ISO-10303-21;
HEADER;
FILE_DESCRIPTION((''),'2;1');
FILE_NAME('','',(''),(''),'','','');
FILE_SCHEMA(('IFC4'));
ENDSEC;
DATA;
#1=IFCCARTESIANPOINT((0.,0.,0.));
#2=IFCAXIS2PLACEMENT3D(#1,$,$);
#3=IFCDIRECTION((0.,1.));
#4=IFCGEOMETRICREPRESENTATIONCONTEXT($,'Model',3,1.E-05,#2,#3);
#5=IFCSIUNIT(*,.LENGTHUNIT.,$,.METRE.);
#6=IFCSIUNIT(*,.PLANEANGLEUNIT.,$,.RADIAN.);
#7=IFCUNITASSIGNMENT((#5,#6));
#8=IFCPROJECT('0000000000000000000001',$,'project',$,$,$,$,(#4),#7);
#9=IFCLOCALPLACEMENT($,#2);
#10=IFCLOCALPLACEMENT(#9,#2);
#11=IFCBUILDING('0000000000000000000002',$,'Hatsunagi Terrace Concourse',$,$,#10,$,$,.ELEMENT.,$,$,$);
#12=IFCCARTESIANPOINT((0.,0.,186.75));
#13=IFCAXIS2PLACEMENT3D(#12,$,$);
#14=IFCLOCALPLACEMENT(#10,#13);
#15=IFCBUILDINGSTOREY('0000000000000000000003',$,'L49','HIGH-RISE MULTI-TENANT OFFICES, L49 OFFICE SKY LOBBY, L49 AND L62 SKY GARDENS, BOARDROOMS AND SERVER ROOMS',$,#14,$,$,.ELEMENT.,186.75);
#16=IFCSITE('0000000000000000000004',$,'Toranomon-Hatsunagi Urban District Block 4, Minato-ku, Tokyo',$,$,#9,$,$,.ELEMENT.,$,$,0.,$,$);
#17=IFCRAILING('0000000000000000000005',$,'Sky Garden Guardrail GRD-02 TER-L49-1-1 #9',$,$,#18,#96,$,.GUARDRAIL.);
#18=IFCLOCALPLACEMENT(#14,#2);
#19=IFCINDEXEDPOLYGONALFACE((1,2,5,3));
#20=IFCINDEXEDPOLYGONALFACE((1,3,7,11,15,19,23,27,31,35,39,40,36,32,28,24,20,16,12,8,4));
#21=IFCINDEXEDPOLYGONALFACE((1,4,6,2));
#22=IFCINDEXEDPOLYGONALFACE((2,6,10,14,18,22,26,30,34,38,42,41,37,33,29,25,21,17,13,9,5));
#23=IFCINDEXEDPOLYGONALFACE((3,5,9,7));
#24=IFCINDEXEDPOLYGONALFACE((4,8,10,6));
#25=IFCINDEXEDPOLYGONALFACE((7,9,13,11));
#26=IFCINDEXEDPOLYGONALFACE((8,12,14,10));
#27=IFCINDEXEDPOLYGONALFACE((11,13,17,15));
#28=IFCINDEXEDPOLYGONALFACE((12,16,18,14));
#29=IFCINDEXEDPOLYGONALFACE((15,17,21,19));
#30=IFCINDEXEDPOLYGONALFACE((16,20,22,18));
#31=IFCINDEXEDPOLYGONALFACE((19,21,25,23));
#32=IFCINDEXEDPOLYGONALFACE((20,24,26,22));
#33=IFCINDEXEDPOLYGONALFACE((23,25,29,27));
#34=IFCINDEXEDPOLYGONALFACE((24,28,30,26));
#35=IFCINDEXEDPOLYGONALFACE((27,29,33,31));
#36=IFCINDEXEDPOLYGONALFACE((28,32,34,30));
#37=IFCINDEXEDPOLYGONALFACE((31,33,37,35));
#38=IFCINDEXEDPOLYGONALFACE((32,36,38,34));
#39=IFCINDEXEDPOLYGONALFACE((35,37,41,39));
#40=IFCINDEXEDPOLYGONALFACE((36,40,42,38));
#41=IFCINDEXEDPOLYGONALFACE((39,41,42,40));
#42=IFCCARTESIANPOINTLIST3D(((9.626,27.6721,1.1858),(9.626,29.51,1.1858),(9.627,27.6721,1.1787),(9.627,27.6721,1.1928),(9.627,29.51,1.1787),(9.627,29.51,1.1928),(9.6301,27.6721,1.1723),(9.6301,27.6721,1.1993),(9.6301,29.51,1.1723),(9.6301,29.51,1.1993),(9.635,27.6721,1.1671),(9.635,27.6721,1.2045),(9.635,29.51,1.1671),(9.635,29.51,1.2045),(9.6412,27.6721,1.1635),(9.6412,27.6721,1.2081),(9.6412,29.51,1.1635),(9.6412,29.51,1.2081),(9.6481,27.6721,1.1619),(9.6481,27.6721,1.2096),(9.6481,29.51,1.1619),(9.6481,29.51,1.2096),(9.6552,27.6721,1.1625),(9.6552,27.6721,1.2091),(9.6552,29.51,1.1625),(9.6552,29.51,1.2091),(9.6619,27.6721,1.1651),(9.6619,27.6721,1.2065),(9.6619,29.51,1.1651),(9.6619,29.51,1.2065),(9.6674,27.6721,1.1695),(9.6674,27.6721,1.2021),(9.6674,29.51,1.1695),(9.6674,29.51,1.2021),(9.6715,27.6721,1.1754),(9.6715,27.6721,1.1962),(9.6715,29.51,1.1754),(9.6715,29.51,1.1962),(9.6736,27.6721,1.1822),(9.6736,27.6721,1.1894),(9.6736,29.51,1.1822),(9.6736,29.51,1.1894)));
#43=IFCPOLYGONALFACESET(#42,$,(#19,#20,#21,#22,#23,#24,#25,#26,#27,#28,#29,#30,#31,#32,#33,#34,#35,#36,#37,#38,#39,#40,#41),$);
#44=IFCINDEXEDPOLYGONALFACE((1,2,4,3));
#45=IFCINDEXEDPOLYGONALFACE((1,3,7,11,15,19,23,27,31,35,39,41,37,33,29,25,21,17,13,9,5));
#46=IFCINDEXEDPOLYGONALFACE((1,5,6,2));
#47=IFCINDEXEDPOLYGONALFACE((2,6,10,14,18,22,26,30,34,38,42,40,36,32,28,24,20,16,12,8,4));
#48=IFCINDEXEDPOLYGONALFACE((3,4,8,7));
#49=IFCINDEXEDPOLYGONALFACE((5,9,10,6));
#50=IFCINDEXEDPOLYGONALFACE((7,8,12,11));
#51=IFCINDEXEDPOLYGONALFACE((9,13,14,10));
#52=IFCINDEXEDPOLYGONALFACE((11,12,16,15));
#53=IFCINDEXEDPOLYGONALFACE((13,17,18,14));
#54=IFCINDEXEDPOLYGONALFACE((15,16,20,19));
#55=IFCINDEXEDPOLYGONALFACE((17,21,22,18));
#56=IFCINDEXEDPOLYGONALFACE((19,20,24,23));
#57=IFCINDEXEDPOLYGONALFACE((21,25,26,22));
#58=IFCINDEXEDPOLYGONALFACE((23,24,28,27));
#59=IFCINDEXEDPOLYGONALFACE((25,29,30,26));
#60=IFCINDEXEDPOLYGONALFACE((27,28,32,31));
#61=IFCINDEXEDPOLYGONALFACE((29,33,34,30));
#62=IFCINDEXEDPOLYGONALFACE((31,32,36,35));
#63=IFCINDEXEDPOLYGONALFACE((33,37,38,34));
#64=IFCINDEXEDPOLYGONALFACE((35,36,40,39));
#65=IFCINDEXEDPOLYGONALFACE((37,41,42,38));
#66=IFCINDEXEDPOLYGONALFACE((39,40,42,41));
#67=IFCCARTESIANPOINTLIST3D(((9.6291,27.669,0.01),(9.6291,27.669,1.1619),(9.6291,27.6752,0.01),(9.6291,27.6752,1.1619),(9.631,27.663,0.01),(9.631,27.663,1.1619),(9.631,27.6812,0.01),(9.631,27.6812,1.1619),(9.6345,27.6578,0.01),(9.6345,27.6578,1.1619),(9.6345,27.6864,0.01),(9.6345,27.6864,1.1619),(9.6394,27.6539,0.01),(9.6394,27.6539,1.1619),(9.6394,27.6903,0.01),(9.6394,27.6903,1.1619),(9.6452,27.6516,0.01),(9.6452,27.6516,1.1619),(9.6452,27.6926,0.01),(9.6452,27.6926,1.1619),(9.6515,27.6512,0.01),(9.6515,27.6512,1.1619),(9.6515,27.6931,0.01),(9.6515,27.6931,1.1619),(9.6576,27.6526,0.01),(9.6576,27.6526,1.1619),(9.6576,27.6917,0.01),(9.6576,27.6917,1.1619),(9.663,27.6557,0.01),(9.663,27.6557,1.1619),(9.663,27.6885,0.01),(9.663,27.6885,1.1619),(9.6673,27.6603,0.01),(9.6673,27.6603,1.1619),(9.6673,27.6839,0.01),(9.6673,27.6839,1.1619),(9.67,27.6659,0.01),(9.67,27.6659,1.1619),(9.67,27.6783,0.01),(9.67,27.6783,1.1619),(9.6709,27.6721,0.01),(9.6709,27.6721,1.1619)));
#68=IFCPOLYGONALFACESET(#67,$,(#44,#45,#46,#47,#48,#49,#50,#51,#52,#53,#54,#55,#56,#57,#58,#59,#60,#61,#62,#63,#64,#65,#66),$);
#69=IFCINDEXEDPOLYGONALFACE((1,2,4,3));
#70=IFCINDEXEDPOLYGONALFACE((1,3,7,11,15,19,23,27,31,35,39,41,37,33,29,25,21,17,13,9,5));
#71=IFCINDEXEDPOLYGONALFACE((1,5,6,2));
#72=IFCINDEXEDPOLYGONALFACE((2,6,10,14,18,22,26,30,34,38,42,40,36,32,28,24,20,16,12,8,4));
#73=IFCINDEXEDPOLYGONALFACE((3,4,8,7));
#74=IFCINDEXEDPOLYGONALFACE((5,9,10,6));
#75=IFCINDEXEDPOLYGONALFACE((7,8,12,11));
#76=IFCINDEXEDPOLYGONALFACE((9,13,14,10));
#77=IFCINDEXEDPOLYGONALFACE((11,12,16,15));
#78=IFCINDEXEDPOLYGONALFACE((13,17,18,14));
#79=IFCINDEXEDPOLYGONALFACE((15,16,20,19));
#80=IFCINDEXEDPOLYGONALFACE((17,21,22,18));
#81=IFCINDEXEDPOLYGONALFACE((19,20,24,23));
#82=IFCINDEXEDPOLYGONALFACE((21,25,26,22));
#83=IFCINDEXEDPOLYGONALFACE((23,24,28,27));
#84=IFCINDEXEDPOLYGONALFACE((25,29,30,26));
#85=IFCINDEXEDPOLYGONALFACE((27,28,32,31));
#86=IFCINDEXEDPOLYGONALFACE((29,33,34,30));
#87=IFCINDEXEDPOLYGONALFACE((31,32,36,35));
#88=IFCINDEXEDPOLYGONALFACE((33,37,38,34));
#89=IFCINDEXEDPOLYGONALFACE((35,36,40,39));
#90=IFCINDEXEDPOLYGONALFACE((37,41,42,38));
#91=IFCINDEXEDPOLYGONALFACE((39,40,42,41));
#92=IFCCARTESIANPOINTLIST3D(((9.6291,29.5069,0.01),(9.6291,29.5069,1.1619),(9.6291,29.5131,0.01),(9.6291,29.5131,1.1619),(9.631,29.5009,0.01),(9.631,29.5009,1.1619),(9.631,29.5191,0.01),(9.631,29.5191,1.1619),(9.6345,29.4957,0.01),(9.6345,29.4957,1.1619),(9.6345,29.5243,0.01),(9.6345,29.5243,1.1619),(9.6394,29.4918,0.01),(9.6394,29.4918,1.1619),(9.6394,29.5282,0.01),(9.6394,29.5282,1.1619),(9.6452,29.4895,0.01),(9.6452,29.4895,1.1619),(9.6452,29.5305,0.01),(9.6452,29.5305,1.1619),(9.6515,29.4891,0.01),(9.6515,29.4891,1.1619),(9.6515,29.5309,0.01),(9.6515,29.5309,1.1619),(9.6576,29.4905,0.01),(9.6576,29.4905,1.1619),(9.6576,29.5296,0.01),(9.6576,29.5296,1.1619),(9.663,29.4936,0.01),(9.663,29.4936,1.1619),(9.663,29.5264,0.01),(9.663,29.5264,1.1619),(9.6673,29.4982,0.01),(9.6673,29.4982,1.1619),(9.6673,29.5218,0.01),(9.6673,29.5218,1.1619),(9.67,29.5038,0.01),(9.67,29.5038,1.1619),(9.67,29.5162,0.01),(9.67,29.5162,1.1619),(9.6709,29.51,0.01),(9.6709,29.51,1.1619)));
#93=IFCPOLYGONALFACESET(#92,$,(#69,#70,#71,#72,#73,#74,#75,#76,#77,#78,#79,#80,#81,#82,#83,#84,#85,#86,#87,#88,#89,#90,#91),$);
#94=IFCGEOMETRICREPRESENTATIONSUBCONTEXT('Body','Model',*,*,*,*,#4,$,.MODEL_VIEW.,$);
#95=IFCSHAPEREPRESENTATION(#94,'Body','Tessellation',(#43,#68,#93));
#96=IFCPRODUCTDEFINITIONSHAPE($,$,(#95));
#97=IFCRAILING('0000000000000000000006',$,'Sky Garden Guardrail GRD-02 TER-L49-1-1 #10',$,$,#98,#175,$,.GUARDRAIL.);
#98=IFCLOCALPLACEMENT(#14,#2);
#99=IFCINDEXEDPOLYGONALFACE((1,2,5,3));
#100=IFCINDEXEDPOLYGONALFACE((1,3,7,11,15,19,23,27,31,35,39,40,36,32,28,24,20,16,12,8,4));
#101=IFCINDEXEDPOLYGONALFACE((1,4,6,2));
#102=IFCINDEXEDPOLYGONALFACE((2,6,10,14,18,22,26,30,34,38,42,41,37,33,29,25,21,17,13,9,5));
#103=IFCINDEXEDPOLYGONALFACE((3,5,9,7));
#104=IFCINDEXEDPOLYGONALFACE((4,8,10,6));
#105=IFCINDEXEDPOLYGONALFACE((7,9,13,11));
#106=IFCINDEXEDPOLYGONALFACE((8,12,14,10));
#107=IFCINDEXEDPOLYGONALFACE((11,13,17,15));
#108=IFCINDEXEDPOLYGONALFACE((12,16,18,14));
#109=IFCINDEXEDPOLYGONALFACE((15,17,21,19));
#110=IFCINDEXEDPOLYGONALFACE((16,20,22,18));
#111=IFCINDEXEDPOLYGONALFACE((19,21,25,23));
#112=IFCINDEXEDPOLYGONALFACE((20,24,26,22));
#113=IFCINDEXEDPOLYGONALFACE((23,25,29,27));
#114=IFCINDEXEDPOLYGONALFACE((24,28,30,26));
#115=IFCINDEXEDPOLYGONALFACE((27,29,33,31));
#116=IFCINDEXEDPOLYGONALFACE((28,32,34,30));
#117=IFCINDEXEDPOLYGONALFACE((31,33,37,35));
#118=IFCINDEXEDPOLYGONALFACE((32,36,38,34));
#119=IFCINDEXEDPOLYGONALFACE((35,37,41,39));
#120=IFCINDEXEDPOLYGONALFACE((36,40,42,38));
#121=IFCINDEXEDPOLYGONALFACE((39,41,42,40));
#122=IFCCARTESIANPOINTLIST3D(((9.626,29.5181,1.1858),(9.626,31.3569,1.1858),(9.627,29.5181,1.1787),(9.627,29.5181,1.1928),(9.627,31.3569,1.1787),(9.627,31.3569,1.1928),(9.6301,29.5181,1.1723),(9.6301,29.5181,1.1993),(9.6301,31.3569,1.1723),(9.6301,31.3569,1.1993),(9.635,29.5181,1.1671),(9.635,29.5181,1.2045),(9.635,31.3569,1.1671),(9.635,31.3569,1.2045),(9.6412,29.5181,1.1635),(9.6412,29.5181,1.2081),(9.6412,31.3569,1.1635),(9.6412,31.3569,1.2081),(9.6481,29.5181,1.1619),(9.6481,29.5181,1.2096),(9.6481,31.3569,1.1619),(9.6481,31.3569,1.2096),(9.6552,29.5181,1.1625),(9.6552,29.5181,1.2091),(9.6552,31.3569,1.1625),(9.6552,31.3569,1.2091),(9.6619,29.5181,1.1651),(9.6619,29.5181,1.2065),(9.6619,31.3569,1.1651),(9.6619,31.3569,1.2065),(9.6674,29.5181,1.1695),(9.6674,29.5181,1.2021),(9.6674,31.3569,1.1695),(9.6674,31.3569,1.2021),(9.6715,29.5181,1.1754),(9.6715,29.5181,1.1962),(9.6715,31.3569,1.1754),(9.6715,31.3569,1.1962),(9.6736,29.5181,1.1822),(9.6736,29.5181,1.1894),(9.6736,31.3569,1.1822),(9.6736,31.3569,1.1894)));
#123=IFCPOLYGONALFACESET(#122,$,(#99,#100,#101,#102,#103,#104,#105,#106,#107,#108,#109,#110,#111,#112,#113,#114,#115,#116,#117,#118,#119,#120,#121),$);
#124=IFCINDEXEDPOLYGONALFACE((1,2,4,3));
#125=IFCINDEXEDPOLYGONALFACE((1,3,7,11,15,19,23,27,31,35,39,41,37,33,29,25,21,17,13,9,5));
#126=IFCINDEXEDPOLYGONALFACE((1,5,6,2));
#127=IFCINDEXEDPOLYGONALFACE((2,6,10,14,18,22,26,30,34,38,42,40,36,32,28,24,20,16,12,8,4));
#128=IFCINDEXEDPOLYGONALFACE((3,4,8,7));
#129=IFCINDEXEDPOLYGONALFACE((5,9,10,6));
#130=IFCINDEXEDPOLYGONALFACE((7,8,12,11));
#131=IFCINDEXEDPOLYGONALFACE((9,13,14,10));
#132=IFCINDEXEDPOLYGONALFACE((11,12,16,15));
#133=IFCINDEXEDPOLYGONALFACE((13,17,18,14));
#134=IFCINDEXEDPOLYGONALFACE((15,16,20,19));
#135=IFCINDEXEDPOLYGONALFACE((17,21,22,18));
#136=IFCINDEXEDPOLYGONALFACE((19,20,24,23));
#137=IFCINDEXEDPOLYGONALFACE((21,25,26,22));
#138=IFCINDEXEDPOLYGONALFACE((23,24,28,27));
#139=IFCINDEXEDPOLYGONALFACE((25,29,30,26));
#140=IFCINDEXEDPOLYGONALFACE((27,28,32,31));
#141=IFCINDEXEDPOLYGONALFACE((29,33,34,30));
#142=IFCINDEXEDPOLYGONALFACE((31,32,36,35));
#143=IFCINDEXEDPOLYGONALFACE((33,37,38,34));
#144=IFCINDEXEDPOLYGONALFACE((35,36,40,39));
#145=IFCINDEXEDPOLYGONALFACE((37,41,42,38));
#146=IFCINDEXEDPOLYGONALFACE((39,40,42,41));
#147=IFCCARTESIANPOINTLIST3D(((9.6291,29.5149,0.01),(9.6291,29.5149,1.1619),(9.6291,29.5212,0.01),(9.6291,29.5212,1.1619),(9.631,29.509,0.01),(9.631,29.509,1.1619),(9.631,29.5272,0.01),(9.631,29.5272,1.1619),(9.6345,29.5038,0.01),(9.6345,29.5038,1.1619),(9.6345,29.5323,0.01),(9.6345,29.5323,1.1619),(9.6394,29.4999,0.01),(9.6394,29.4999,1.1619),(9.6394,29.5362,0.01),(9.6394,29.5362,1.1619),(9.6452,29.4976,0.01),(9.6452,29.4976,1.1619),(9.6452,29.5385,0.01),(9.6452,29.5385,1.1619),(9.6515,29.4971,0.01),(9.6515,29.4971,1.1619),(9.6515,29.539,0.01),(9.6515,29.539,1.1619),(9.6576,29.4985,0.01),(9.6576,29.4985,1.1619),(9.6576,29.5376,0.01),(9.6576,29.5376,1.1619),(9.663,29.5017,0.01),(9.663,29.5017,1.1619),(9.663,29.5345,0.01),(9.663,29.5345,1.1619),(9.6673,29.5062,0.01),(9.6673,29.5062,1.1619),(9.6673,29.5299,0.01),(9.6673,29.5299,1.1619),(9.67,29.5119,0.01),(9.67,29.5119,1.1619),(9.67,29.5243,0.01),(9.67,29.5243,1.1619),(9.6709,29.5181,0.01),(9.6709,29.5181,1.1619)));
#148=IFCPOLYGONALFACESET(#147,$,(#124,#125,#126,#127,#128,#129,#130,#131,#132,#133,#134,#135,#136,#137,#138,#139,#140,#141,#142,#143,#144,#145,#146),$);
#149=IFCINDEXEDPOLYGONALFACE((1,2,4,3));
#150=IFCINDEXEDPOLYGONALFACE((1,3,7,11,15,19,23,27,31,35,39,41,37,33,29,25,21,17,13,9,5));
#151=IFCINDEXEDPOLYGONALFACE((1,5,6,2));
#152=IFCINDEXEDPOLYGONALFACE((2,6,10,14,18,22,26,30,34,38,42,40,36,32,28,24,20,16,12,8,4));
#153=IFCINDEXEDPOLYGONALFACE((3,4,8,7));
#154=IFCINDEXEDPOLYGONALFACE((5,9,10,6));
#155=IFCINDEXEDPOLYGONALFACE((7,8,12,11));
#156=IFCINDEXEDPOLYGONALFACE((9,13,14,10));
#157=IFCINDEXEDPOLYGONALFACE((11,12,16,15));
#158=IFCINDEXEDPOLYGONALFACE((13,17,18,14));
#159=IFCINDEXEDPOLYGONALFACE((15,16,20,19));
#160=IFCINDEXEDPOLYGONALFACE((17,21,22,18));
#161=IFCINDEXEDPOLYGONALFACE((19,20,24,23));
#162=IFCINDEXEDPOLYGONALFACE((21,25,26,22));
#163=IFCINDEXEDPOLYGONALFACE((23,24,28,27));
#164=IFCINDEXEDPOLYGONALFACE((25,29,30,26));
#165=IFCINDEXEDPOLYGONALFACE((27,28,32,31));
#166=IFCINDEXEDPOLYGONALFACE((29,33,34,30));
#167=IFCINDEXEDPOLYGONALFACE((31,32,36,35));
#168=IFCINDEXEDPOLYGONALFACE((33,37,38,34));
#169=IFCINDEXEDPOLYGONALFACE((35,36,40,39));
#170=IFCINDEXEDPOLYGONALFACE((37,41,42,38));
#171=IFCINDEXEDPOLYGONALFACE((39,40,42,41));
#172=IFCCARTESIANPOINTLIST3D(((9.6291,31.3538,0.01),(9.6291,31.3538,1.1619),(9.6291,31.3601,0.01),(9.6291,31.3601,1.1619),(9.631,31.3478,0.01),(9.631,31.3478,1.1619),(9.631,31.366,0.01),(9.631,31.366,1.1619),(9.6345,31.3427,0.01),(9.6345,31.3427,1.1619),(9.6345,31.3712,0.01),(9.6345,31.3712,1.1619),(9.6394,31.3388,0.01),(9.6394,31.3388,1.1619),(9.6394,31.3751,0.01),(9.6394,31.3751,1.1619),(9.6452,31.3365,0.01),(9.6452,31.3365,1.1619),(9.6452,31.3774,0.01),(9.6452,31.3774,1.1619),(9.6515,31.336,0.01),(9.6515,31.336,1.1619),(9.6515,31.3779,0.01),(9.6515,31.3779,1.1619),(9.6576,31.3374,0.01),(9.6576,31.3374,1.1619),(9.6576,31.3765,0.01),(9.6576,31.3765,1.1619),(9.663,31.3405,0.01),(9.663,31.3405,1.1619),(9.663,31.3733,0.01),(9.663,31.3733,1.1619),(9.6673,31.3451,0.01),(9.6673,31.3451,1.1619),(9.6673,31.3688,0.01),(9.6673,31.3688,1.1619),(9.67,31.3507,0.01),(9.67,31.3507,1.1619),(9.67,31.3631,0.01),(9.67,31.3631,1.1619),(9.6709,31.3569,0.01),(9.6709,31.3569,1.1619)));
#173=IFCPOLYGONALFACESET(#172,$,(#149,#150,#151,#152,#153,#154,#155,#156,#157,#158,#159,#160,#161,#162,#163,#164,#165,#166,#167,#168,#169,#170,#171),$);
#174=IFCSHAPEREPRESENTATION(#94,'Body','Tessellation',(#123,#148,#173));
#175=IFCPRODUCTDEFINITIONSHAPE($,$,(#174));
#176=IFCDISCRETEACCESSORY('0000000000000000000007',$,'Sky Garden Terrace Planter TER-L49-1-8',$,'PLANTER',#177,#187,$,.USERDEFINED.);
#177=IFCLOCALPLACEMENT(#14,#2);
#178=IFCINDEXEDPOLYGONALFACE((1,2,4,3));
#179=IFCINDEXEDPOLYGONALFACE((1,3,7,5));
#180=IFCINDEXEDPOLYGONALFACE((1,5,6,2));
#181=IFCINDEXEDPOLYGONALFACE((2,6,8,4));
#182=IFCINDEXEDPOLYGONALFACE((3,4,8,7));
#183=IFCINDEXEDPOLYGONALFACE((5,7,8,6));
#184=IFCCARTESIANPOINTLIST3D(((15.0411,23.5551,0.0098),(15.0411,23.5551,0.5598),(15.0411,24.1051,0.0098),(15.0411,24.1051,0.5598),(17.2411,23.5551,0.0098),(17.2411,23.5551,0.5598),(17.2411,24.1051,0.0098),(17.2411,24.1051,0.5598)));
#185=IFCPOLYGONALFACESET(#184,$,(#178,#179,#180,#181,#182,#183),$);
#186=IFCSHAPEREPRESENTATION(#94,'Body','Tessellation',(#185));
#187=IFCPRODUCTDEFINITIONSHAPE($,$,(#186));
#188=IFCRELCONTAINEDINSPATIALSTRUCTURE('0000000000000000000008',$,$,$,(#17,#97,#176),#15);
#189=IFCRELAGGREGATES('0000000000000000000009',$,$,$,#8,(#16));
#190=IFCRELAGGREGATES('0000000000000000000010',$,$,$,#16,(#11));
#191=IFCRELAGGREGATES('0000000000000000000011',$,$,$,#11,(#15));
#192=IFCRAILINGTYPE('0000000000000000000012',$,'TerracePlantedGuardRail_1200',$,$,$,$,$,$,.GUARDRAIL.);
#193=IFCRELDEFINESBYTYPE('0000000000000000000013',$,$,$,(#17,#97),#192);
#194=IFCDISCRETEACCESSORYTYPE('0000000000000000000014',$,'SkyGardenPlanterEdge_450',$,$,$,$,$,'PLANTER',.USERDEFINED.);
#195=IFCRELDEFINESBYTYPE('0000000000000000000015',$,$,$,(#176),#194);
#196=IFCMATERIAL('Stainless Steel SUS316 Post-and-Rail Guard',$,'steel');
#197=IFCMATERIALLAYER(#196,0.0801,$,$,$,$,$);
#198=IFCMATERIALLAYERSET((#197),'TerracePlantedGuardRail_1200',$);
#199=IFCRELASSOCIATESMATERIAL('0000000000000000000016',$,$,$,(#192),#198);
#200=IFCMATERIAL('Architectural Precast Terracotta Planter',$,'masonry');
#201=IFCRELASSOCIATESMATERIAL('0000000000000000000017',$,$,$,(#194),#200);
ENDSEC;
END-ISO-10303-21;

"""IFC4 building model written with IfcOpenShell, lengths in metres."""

from ifc_helpers import new_model, si_unit, direction, frame, origin, origin_2d, place, context, subcontext, project, spatial, rectangle, circle, extrude, material, layer, layer_set, type_object, element, save


model = new_model("IFC4")

# Units and contexts
model_context = context("Model", 3, precision=1e-05, world=origin(), true_north=direction((0.0, 1.0)))
body_context = subcontext(model_context, "Body", "Model", "MODEL_VIEW")
ifc_project = project(units=[si_unit("LENGTHUNIT", "METRE"), si_unit("PLANEANGLEUNIT", "RADIAN")], contexts=[model_context])

# Site, building, storey
site_placement = place(None, origin())
site = spatial("IfcSite", under=ifc_project, at=site_placement, Name="Toranomon-Hatsunagi Urban District Block 4, Minato-ku, Tokyo", CompositionType="ELEMENT", RefElevation=0.0)
building_placement = place(site_placement, origin())
building = spatial("IfcBuilding", under=site, at=building_placement, Name="Hatsunagi Terrace Concourse", CompositionType="ELEMENT")
storey_placement = place(building_placement, frame((0.0, 0.0, 186.75)))
storey = spatial("IfcBuildingStorey", under=building, at=storey_placement, Name="L49", Description="HIGH-RISE MULTI-TENANT OFFICES, L49 OFFICE SKY LOBBY, L49 AND L62 SKY GARDENS, BOARDROOMS AND SERVER ROOMS", CompositionType="ELEMENT", Elevation=186.75)

# Railings
ifc_material_1 = material(Name="Stainless Steel SUS316 Post-and-Rail Guard", Category="steel")
ifc_layer_1 = layer(ifc_material_1, 0.0801)
ifc_layer_set_1 = layer_set([ifc_layer_1], Name="TerracePlantedGuardRail_1200")
railing_type = type_object("IfcRailingType", Name="TerracePlantedGuardRail_1200", PredefinedType="GUARDRAIL", material=ifc_layer_set_1)
railing_1_placement = place(storey_placement, frame((9.6499, 27.6721, 0.01)))
element("IfcRailing", 1, at=railing_1_placement, inside=storey, type_object=railing_type, Name="Sky Garden Guardrail GRD-02 TER-L49-1-1 #9", PredefinedType="GUARDRAIL", context=body_context, shape_type="SweptSolid", body=[
    extrude(circle(Radius=0.0239, at=origin_2d()), frame((0.0, 0.0, 1.1758), z_axis=(0.0, 1.0, 0.0), x_axis=(-1.0, 0.0, 0.0)), (0.0, 0.0, 1.0), 1.8379),
    extrude(circle(Radius=0.021, at=origin_2d()), origin(), (0.0, 0.0, 1.0), 1.1519),
    extrude(circle(Radius=0.021, at=origin_2d()), frame((0.0, 1.8379, 0.0)), (0.0, 0.0, 1.0), 1.1519),
])
railing_2_placement = place(storey_placement, frame((9.6499, 29.5181, 0.01)))
element("IfcRailing", 2, at=railing_2_placement, inside=storey, type_object=railing_type, Name="Sky Garden Guardrail GRD-02 TER-L49-1-1 #10", PredefinedType="GUARDRAIL", context=body_context, shape_type="SweptSolid", body=[
    extrude(circle(Radius=0.0239, at=origin_2d()), frame((0.0, 0.0, 1.1758), z_axis=(0.0, 1.0, 0.0), x_axis=(-1.0, 0.0, 0.0)), (0.0, 0.0, 1.0), 1.8389),
    extrude(circle(Radius=0.021, at=origin_2d()), origin(), (0.0, 0.0, 1.0), 1.1519),
    extrude(circle(Radius=0.021, at=origin_2d()), frame((0.0, 1.8389, 0.0)), (0.0, 0.0, 1.0), 1.1519),
])

# Discrete accessory
ifc_material_2 = material(Name="Architectural Precast Terracotta Planter", Category="masonry")
discrete_accessory_type = type_object("IfcDiscreteAccessoryType", Name="SkyGardenPlanterEdge_450", ElementType="PLANTER", PredefinedType="USERDEFINED", material=ifc_material_2)
discrete_accessory_placement = place(storey_placement, frame((16.1411, 23.8301, 0.0098), z_axis=(0.0, 0.0, 1.0), x_axis=(-1.0, 0.0, 0.0)))
element("IfcDiscreteAccessory", 3, at=discrete_accessory_placement, inside=storey, type_object=discrete_accessory_type, Name="Sky Garden Terrace Planter TER-L49-1-8", ObjectType="PLANTER", PredefinedType="USERDEFINED", context=body_context, shape_type="SweptSolid", body=[
    extrude(rectangle(XDim=2.2, YDim=0.55, at=origin_2d()), origin(), (0.0, 0.0, 1.0), 0.55),
])

save(model, "model.ifc")
